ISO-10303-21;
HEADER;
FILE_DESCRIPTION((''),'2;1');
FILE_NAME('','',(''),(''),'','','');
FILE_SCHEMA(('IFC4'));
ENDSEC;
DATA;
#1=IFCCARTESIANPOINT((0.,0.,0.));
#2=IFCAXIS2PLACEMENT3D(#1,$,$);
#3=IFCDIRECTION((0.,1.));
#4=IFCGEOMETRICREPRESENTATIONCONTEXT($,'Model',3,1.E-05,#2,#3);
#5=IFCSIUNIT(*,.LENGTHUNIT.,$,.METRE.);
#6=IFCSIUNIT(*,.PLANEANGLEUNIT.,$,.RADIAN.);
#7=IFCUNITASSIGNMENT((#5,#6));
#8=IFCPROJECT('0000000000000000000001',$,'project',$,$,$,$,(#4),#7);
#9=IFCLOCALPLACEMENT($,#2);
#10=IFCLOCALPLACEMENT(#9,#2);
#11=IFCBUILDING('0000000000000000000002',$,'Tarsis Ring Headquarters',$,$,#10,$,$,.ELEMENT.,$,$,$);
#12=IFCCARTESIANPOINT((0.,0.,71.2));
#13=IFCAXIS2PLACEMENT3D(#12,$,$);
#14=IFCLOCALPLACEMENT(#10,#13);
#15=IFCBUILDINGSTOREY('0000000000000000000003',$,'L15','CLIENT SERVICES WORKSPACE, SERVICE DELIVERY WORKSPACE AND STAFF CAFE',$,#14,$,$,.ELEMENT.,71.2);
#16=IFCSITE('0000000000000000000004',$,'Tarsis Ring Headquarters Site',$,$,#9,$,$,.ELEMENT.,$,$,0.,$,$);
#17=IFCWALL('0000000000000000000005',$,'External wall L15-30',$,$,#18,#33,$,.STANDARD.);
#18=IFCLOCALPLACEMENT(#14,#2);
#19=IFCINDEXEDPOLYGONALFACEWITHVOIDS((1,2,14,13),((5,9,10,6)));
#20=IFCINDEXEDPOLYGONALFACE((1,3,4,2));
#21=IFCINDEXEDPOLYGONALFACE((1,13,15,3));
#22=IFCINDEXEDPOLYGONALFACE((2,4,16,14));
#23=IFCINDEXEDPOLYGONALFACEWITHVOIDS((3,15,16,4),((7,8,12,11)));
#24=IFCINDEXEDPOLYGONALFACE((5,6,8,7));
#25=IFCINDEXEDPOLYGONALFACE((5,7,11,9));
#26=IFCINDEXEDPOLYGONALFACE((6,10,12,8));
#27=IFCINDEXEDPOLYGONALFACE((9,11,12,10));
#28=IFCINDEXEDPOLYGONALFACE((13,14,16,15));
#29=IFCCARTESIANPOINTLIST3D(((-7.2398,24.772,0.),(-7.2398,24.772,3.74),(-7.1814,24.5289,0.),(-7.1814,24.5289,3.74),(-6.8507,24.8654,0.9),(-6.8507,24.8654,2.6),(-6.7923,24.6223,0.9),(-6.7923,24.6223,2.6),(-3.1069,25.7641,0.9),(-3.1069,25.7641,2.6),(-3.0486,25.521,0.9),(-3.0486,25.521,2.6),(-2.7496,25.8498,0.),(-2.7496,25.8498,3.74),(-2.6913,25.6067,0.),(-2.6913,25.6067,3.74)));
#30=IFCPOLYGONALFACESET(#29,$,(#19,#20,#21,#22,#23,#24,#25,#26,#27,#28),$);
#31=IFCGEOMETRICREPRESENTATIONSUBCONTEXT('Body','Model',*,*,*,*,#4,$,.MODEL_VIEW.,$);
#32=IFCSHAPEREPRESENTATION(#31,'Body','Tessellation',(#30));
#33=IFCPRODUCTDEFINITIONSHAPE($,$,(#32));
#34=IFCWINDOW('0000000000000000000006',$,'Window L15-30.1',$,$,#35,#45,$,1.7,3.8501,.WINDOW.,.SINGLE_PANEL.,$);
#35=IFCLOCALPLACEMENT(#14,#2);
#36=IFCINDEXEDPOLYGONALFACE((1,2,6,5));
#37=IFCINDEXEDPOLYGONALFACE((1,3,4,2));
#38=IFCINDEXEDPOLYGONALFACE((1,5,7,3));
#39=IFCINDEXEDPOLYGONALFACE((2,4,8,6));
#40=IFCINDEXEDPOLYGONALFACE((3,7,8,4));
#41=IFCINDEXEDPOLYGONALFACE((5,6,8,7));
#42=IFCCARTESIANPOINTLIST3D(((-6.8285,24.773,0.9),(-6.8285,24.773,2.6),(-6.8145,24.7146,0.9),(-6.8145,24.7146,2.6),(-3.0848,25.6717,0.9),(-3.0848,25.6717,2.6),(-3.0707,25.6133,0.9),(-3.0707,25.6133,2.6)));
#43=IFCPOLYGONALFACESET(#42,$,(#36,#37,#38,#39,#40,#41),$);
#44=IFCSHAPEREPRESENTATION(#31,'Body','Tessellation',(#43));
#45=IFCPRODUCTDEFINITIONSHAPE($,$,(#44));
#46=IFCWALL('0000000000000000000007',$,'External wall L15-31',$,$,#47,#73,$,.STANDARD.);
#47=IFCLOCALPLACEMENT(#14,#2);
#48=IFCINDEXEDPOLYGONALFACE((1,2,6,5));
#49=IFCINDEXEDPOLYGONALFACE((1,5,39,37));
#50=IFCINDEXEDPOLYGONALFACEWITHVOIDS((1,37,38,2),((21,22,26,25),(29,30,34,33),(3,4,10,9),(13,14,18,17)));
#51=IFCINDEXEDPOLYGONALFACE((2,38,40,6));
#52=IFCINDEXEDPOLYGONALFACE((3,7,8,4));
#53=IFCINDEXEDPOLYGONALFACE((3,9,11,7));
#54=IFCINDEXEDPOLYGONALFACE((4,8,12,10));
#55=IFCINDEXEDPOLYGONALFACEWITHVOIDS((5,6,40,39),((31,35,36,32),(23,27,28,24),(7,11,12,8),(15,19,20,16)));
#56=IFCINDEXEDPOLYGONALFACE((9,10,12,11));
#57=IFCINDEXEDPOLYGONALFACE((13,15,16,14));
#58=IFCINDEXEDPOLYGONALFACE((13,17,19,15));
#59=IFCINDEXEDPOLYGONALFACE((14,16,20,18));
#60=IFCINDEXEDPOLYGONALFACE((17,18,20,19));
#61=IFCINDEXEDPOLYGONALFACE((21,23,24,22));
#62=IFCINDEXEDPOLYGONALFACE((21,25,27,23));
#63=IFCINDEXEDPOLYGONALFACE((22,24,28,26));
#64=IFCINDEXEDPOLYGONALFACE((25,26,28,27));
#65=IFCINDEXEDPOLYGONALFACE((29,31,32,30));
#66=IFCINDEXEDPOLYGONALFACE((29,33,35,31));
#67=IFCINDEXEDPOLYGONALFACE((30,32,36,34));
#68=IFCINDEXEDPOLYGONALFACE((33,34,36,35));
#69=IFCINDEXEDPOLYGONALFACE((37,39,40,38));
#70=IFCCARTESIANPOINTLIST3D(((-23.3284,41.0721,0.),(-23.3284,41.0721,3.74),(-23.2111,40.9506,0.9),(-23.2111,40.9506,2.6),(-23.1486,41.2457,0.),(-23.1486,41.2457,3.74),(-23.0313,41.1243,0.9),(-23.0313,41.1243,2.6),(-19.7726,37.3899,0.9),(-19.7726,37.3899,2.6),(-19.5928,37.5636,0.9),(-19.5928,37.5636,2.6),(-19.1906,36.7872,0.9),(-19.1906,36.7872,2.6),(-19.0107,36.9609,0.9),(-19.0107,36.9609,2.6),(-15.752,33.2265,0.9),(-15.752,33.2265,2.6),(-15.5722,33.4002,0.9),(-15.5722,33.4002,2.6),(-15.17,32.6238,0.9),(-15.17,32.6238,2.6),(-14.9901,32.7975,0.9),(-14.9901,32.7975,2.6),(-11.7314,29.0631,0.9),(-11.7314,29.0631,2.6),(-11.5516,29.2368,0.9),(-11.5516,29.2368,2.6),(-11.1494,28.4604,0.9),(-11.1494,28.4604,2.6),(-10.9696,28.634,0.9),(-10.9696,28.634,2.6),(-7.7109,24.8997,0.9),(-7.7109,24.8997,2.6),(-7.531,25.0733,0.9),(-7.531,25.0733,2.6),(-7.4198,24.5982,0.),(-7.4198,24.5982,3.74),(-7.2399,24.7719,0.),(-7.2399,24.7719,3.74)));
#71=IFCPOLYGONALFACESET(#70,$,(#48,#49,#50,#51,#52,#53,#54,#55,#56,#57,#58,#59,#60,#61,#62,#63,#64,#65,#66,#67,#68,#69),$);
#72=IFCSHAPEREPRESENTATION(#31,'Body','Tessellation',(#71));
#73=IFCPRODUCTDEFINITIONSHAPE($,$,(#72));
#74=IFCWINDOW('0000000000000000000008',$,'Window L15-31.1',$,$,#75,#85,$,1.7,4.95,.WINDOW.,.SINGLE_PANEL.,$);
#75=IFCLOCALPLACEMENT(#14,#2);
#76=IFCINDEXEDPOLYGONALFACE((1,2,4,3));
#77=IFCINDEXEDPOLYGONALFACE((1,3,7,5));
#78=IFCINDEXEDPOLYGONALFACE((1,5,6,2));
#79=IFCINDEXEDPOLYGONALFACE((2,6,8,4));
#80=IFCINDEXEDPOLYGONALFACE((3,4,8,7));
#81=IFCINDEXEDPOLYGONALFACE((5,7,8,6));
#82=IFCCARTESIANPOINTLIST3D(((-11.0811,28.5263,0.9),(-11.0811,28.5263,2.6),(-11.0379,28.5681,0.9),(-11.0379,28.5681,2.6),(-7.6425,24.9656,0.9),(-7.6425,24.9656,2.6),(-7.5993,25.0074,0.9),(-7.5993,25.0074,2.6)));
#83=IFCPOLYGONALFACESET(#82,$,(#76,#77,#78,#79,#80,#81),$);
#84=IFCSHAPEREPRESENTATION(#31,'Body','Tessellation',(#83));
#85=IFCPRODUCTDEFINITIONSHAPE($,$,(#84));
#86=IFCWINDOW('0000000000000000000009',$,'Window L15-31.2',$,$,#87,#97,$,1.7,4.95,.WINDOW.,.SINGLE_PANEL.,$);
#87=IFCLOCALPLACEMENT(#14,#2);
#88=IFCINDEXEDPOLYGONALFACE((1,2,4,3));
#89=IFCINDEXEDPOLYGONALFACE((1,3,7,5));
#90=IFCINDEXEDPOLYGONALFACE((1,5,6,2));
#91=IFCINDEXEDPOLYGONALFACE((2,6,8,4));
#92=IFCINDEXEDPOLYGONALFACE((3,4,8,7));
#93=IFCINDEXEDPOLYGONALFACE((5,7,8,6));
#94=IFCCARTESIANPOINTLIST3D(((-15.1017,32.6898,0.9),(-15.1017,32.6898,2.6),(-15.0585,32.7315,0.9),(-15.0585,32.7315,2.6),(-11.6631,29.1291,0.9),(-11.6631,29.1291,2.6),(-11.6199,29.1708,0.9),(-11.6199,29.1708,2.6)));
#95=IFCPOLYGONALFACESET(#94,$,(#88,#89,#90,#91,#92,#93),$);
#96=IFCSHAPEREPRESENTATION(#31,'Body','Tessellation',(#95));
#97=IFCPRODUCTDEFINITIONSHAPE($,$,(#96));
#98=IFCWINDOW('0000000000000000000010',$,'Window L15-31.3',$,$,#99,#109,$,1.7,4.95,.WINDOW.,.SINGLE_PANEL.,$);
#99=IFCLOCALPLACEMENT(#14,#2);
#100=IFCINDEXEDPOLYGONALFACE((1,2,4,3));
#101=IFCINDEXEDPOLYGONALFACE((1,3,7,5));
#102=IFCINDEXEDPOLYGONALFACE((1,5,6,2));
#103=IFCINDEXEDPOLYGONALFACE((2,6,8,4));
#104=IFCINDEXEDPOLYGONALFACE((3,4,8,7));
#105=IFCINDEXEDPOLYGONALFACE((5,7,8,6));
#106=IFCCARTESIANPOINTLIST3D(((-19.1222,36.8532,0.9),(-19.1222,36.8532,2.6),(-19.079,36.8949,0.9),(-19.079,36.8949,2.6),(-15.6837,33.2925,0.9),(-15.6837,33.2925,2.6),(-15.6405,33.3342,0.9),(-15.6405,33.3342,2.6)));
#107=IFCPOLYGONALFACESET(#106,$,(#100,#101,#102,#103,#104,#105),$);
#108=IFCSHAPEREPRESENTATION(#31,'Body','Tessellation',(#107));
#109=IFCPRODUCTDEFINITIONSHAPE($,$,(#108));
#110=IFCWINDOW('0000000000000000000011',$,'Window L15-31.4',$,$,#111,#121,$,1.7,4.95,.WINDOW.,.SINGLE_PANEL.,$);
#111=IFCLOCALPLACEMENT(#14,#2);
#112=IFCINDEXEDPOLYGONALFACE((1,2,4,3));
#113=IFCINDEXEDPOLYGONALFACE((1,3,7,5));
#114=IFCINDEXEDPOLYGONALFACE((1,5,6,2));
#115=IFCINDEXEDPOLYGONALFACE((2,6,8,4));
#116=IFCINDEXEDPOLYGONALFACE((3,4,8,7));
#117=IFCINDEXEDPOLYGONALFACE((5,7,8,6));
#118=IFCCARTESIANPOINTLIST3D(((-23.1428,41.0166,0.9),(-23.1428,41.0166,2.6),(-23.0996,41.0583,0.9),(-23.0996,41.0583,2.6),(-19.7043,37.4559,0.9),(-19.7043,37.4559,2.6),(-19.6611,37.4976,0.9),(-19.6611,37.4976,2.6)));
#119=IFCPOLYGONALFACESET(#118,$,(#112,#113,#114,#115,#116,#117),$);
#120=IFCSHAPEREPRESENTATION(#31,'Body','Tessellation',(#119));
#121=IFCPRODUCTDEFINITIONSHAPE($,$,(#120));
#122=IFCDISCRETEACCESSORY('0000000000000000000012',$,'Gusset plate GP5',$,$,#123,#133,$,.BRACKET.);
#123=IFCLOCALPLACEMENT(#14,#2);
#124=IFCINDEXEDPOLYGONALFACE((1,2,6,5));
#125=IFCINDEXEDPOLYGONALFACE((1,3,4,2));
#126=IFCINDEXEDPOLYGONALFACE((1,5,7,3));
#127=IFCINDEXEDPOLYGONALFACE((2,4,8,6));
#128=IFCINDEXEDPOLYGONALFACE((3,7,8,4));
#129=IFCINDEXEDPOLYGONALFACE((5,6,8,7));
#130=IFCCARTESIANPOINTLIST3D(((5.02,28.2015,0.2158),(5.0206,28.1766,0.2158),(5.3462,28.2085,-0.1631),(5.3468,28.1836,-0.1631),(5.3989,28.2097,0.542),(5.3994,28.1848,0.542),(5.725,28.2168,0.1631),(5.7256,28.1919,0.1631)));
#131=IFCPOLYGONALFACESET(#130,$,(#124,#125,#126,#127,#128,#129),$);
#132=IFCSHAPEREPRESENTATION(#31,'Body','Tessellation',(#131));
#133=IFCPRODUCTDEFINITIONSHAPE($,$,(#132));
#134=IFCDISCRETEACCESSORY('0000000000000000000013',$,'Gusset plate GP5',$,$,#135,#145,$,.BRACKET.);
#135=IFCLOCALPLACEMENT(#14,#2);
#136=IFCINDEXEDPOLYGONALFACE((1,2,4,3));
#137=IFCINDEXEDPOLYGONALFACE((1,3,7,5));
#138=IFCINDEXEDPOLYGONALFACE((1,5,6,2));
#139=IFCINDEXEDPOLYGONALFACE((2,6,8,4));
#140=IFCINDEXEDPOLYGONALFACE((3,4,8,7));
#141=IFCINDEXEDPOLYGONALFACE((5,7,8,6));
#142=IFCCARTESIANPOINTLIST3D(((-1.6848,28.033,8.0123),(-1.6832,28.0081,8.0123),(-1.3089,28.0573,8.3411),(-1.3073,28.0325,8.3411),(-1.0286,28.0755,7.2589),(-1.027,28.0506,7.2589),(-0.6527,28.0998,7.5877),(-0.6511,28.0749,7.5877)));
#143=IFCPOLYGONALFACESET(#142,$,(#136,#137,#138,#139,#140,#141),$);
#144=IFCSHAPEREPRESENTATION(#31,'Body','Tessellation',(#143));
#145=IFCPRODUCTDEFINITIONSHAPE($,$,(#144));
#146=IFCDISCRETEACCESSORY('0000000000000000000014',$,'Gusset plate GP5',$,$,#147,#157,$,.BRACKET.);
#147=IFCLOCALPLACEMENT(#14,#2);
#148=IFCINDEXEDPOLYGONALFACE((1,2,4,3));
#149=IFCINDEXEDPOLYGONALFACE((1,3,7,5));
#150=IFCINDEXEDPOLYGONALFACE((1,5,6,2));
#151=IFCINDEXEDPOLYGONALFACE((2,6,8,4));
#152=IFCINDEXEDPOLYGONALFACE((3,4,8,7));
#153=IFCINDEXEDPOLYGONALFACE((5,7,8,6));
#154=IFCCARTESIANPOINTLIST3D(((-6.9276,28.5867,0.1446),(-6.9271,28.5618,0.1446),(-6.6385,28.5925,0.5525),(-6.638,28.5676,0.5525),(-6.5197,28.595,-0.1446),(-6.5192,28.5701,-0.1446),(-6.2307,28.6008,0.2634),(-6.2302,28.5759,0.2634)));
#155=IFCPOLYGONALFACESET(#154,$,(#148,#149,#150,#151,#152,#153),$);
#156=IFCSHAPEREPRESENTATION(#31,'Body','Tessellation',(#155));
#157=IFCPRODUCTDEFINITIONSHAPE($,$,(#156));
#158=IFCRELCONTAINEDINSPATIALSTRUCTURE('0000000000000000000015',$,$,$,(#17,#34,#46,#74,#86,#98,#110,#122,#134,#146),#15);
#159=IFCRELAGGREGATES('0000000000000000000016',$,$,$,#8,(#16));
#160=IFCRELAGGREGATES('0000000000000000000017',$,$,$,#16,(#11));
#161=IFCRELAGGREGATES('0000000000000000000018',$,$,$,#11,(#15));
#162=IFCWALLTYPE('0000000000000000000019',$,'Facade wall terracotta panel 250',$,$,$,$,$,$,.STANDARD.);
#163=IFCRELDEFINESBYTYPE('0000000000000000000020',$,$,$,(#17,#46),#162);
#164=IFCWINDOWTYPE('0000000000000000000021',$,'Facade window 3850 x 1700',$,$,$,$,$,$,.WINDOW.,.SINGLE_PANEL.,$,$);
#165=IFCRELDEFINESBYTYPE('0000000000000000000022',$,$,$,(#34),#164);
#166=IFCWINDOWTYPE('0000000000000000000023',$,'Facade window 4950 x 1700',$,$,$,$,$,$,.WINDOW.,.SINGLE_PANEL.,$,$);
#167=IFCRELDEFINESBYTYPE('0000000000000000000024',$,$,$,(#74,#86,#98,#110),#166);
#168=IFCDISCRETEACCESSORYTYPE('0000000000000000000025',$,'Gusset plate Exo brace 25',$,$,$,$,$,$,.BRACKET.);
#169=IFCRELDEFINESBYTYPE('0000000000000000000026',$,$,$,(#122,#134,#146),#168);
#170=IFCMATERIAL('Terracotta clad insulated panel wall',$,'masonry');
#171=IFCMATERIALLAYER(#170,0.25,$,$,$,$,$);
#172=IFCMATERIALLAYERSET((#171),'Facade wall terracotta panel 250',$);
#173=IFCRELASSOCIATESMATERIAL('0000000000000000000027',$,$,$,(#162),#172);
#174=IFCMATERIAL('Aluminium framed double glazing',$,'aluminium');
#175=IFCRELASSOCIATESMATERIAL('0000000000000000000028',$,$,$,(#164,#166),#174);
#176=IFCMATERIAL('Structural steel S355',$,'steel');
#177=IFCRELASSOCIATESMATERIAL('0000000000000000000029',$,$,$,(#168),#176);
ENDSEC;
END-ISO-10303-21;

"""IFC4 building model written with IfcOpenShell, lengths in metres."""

from ifc_helpers import new_model, si_unit, direction, frame, frame_2d, origin, origin_2d, place, context, subcontext, project, spatial, rectangle, extrude, material, layer, layer_set, material_profile, profile_set, type_object, element, fill, save


model = new_model("IFC4")

# Units and contexts
model_context = context("Model", 3, precision=1e-05, world=origin(), true_north=direction((0.0, 1.0)))
body_context = subcontext(model_context, "Body", "Model", "MODEL_VIEW")
ifc_project = project(units=[si_unit("LENGTHUNIT", "METRE"), si_unit("PLANEANGLEUNIT", "RADIAN")], contexts=[model_context])

# Site, building, storey
site_placement = place(None, origin())
site = spatial("IfcSite", under=ifc_project, at=site_placement, Name="Tarsis Ring Headquarters Site", CompositionType="ELEMENT", RefElevation=0.0)
building_placement = place(site_placement, origin())
building = spatial("IfcBuilding", under=site, at=building_placement, Name="Tarsis Ring Headquarters", CompositionType="ELEMENT")
storey_placement = place(building_placement, frame((0.0, 0.0, 71.2)))
storey = spatial("IfcBuildingStorey", under=building, at=storey_placement, Name="L15", Description="CLIENT SERVICES WORKSPACE, SERVICE DELIVERY WORKSPACE AND STAFF CAFE", CompositionType="ELEMENT", Elevation=71.2)

# Shared definitions
ifc_material_1 = material(Name="Structural steel S355", Category="steel")

# Wall, opening, window
ifc_material_2 = material(Name="Terracotta clad insulated panel wall", Category="masonry")
ifc_layer_1 = layer(ifc_material_2, 0.25)
ifc_layer_set_1 = layer_set([ifc_layer_1], Name="Facade wall terracotta panel 250")
wall_type_1 = type_object("IfcWallType", Name="Facade wall terracotta panel 250", PredefinedType="STANDARD", material=ifc_layer_set_1)
ifc_material_3 = material(Name="Aluminium framed double glazing", Category="aluminium")
wall_1_placement = place(storey_placement, frame((-2.7205, 25.7283, 0.0), z_axis=(0.0, 0.0, 1.0), x_axis=(-0.972376, -0.233419, 0.0)))
wall_1 = element("IfcWall", 1, at=wall_1_placement, inside=storey, type_object=wall_type_1, Name="External wall L15-30", PredefinedType="STANDARD", context=body_context, shape_type="SweptSolid", body=[
    extrude(rectangle(XDim=4.6177, YDim=0.25, at=frame_2d((2.3088, 0.0))), origin(), (0.0, 0.0, 1.0), 3.74),
])
opening_1_placement = place(wall_1_placement, frame((0.3674, 0.0, 0.8999)))
opening_1 = element("IfcOpeningElement", 2, at=opening_1_placement, cuts=wall_1, PredefinedType="OPENING", context=body_context, shape_type="SweptSolid", body=[
    extrude(rectangle(XDim=3.8501, YDim=1.7, at=frame_2d((1.925, 0.8501))), frame((0.0, 0.135, 0.0), z_axis=(0.0, -1.0, 0.0), x_axis=(1.0, 0.0, 0.0)), (0.0, 0.0, 1.0), 0.27),
])
window_type_1 = type_object("IfcWindowType", Name="Facade window 3850 x 1700", PartitioningType="SINGLE_PANEL", PredefinedType="WINDOW", material=ifc_material_3)
window_1_placement = place(opening_1_placement, origin())
window_1 = element("IfcWindow", 3, at=window_1_placement, inside=storey, type_object=window_type_1, Name="Window L15-30.1", OverallHeight=1.7, OverallWidth=3.8501, PartitioningType="SINGLE_PANEL", PredefinedType="WINDOW", context=body_context, shape_type="SweptSolid", body=[
    extrude(rectangle(XDim=3.8501, YDim=1.7, at=frame_2d((1.925, 0.8501))), frame((0.0, 0.03, 0.0), z_axis=(0.0, -1.0, 0.0), x_axis=(1.0, 0.0, 0.0)), (0.0, 0.0, 1.0), 0.0601),
])
fill(opening_1, window_1)

# Wall, openings, windows
wall_2_placement = place(storey_placement, frame((-7.3298, 24.6851, 0.0), z_axis=(0.0, 0.0, 1.0), x_axis=(-0.69466, 0.719339, 0.0)))
wall_2 = element("IfcWall", 4, at=wall_2_placement, inside=storey, type_object=wall_type_1, Name="External wall L15-31", PredefinedType="STANDARD", context=body_context, shape_type="SweptSolid", body=[
    extrude(rectangle(XDim=22.9014, YDim=0.25, at=frame_2d((11.4507, 0.0))), origin(), (0.0, 0.0, 1.0), 3.74),
])
opening_2_placement = place(wall_2_placement, frame((0.4189, 0.0, 0.8999)))
opening_2 = element("IfcOpeningElement", 5, at=opening_2_placement, cuts=wall_2, PredefinedType="OPENING", context=body_context, shape_type="SweptSolid", body=[
    extrude(rectangle(XDim=4.95, YDim=1.7, at=frame_2d((2.4751, 0.8501))), frame((0.0, 0.135, 0.0), z_axis=(0.0, -1.0, 0.0), x_axis=(1.0, 0.0, 0.0)), (0.0, 0.0, 1.0), 0.27),
])
opening_3_placement = place(wall_2_placement, frame((6.2068, 0.0, 0.8999)))
opening_3 = element("IfcOpeningElement", 6, at=opening_3_placement, cuts=wall_2, PredefinedType="OPENING", context=body_context, shape_type="SweptSolid", body=[
    extrude(rectangle(XDim=4.95, YDim=1.7, at=frame_2d((2.4751, 0.8501))), frame((0.0, 0.135, 0.0), z_axis=(0.0, -1.0, 0.0), x_axis=(1.0, 0.0, 0.0)), (0.0, 0.0, 1.0), 0.27),
])
opening_4_placement = place(wall_2_placement, frame((11.9946, 0.0, 0.8999)))
opening_4 = element("IfcOpeningElement", 7, at=opening_4_placement, cuts=wall_2, PredefinedType="OPENING", context=body_context, shape_type="SweptSolid", body=[
    extrude(rectangle(XDim=4.95, YDim=1.7, at=frame_2d((2.4751, 0.8501))), frame((0.0, 0.135, 0.0), z_axis=(0.0, -1.0, 0.0), x_axis=(1.0, 0.0, 0.0)), (0.0, 0.0, 1.0), 0.27),
])
opening_5_placement = place(wall_2_placement, frame((17.7825, 0.0, 0.8999)))
opening_5 = element("IfcOpeningElement", 8, at=opening_5_placement, cuts=wall_2, PredefinedType="OPENING", context=body_context, shape_type="SweptSolid", body=[
    extrude(rectangle(XDim=4.95, YDim=1.7, at=frame_2d((2.4751, 0.8501))), frame((0.0, 0.135, 0.0), z_axis=(0.0, -1.0, 0.0), x_axis=(1.0, 0.0, 0.0)), (0.0, 0.0, 1.0), 0.27),
])
window_type_2 = type_object("IfcWindowType", Name="Facade window 4950 x 1700", PartitioningType="SINGLE_PANEL", PredefinedType="WINDOW", material=ifc_material_3)
window_2_placement = place(opening_2_placement, origin())
window_2 = element("IfcWindow", 9, at=window_2_placement, inside=storey, type_object=window_type_2, Name="Window L15-31.1", OverallHeight=1.7, OverallWidth=4.95, PartitioningType="SINGLE_PANEL", PredefinedType="WINDOW", context=body_context, shape_type="SweptSolid", body=[
    extrude(rectangle(XDim=4.95, YDim=1.7, at=frame_2d((2.4751, 0.8501))), frame((0.0, 0.03, 0.0), z_axis=(0.0, -1.0, 0.0), x_axis=(1.0, 0.0, 0.0)), (0.0, 0.0, 1.0), 0.0601),
])
fill(opening_2, window_2)
window_3_placement = place(opening_3_placement, origin())
window_3 = element("IfcWindow", 10, at=window_3_placement, inside=storey, type_object=window_type_2, Name="Window L15-31.2", OverallHeight=1.7, OverallWidth=4.95, PartitioningType="SINGLE_PANEL", PredefinedType="WINDOW", context=body_context, shape_type="SweptSolid", body=[
    extrude(rectangle(XDim=4.95, YDim=1.7, at=frame_2d((2.4751, 0.8501))), frame((0.0, 0.03, 0.0), z_axis=(0.0, -1.0, 0.0), x_axis=(1.0, 0.0, 0.0)), (0.0, 0.0, 1.0), 0.0601),
])
fill(opening_3, window_3)
window_4_placement = place(opening_4_placement, origin())
window_4 = element("IfcWindow", 11, at=window_4_placement, inside=storey, type_object=window_type_2, Name="Window L15-31.3", OverallHeight=1.7, OverallWidth=4.95, PartitioningType="SINGLE_PANEL", PredefinedType="WINDOW", context=body_context, shape_type="SweptSolid", body=[
    extrude(rectangle(XDim=4.95, YDim=1.7, at=frame_2d((2.4751, 0.8501))), frame((0.0, 0.03, 0.0), z_axis=(0.0, -1.0, 0.0), x_axis=(1.0, 0.0, 0.0)), (0.0, 0.0, 1.0), 0.0601),
])
fill(opening_4, window_4)
window_5_placement = place(opening_5_placement, origin())
window_5 = element("IfcWindow", 12, at=window_5_placement, inside=storey, type_object=window_type_2, Name="Window L15-31.4", OverallHeight=1.7, OverallWidth=4.95, PartitioningType="SINGLE_PANEL", PredefinedType="WINDOW", context=body_context, shape_type="SweptSolid", body=[
    extrude(rectangle(XDim=4.95, YDim=1.7, at=frame_2d((2.4751, 0.8501))), frame((0.0, 0.03, 0.0), z_axis=(0.0, -1.0, 0.0), x_axis=(1.0, 0.0, 0.0)), (0.0, 0.0, 1.0), 0.0601),
])
fill(opening_5, window_5)

# Discrete accessories
ifc_material_profile_1 = material_profile(ifc_material_1, rectangle(XDim=0.0249, YDim=0.5, at=origin_2d()), Name="PL 25x500")
ifc_profile_set_1 = profile_set([ifc_material_profile_1], Name="Structural steel S355")
discrete_accessory_type = type_object("IfcDiscreteAccessoryType", Name="Gusset plate Exo brace 25", PredefinedType="BRACKET", material=ifc_profile_set_1)
discrete_accessory_1_placement = place(storey_placement, frame((5.5359, 28.2002, 0.0), z_axis=(-0.652333, -0.01416, 0.7578), x_axis=(0.021701, -0.999764, 0.0)))
element("IfcDiscreteAccessory", 13, at=discrete_accessory_1_placement, inside=storey, type_object=discrete_accessory_type, Name="Gusset plate GP5", PredefinedType="BRACKET", context=body_context, shape_type="SweptSolid", body=[
    extrude(rectangle(XDim=0.0249, YDim=0.5, at=origin_2d()), origin(), (0.0, 0.0, 1.0), 0.5),
])
discrete_accessory_2_placement = place(storey_placement, frame((-0.8398, 28.0752, 7.4233), z_axis=(-0.656215, -0.042478, 0.753378), x_axis=(0.064597, -0.997911, 0.0)))
element("IfcDiscreteAccessory", 14, at=discrete_accessory_2_placement, inside=storey, type_object=discrete_accessory_type, Name="Gusset plate GP5", PredefinedType="BRACKET", context=body_context, shape_type="SweptSolid", body=[
    extrude(rectangle(XDim=0.0249, YDim=0.5, at=origin_2d()), origin(), (0.0, 0.0, 1.0), 1.0),
])
discrete_accessory_3_placement = place(storey_placement, frame((-6.7234, 28.5784, 0.0), z_axis=(0.5781, 0.011718, 0.815882), x_axis=(-0.020266, 0.999795, 0.0)))
element("IfcDiscreteAccessory", 15, at=discrete_accessory_3_placement, inside=storey, type_object=discrete_accessory_type, Name="Gusset plate GP5", PredefinedType="BRACKET", context=body_context, shape_type="SweptSolid", body=[
    extrude(rectangle(XDim=0.0249, YDim=0.5, at=origin_2d()), origin(), (0.0, 0.0, 1.0), 0.5),
])

save(model, "model.ifc")
